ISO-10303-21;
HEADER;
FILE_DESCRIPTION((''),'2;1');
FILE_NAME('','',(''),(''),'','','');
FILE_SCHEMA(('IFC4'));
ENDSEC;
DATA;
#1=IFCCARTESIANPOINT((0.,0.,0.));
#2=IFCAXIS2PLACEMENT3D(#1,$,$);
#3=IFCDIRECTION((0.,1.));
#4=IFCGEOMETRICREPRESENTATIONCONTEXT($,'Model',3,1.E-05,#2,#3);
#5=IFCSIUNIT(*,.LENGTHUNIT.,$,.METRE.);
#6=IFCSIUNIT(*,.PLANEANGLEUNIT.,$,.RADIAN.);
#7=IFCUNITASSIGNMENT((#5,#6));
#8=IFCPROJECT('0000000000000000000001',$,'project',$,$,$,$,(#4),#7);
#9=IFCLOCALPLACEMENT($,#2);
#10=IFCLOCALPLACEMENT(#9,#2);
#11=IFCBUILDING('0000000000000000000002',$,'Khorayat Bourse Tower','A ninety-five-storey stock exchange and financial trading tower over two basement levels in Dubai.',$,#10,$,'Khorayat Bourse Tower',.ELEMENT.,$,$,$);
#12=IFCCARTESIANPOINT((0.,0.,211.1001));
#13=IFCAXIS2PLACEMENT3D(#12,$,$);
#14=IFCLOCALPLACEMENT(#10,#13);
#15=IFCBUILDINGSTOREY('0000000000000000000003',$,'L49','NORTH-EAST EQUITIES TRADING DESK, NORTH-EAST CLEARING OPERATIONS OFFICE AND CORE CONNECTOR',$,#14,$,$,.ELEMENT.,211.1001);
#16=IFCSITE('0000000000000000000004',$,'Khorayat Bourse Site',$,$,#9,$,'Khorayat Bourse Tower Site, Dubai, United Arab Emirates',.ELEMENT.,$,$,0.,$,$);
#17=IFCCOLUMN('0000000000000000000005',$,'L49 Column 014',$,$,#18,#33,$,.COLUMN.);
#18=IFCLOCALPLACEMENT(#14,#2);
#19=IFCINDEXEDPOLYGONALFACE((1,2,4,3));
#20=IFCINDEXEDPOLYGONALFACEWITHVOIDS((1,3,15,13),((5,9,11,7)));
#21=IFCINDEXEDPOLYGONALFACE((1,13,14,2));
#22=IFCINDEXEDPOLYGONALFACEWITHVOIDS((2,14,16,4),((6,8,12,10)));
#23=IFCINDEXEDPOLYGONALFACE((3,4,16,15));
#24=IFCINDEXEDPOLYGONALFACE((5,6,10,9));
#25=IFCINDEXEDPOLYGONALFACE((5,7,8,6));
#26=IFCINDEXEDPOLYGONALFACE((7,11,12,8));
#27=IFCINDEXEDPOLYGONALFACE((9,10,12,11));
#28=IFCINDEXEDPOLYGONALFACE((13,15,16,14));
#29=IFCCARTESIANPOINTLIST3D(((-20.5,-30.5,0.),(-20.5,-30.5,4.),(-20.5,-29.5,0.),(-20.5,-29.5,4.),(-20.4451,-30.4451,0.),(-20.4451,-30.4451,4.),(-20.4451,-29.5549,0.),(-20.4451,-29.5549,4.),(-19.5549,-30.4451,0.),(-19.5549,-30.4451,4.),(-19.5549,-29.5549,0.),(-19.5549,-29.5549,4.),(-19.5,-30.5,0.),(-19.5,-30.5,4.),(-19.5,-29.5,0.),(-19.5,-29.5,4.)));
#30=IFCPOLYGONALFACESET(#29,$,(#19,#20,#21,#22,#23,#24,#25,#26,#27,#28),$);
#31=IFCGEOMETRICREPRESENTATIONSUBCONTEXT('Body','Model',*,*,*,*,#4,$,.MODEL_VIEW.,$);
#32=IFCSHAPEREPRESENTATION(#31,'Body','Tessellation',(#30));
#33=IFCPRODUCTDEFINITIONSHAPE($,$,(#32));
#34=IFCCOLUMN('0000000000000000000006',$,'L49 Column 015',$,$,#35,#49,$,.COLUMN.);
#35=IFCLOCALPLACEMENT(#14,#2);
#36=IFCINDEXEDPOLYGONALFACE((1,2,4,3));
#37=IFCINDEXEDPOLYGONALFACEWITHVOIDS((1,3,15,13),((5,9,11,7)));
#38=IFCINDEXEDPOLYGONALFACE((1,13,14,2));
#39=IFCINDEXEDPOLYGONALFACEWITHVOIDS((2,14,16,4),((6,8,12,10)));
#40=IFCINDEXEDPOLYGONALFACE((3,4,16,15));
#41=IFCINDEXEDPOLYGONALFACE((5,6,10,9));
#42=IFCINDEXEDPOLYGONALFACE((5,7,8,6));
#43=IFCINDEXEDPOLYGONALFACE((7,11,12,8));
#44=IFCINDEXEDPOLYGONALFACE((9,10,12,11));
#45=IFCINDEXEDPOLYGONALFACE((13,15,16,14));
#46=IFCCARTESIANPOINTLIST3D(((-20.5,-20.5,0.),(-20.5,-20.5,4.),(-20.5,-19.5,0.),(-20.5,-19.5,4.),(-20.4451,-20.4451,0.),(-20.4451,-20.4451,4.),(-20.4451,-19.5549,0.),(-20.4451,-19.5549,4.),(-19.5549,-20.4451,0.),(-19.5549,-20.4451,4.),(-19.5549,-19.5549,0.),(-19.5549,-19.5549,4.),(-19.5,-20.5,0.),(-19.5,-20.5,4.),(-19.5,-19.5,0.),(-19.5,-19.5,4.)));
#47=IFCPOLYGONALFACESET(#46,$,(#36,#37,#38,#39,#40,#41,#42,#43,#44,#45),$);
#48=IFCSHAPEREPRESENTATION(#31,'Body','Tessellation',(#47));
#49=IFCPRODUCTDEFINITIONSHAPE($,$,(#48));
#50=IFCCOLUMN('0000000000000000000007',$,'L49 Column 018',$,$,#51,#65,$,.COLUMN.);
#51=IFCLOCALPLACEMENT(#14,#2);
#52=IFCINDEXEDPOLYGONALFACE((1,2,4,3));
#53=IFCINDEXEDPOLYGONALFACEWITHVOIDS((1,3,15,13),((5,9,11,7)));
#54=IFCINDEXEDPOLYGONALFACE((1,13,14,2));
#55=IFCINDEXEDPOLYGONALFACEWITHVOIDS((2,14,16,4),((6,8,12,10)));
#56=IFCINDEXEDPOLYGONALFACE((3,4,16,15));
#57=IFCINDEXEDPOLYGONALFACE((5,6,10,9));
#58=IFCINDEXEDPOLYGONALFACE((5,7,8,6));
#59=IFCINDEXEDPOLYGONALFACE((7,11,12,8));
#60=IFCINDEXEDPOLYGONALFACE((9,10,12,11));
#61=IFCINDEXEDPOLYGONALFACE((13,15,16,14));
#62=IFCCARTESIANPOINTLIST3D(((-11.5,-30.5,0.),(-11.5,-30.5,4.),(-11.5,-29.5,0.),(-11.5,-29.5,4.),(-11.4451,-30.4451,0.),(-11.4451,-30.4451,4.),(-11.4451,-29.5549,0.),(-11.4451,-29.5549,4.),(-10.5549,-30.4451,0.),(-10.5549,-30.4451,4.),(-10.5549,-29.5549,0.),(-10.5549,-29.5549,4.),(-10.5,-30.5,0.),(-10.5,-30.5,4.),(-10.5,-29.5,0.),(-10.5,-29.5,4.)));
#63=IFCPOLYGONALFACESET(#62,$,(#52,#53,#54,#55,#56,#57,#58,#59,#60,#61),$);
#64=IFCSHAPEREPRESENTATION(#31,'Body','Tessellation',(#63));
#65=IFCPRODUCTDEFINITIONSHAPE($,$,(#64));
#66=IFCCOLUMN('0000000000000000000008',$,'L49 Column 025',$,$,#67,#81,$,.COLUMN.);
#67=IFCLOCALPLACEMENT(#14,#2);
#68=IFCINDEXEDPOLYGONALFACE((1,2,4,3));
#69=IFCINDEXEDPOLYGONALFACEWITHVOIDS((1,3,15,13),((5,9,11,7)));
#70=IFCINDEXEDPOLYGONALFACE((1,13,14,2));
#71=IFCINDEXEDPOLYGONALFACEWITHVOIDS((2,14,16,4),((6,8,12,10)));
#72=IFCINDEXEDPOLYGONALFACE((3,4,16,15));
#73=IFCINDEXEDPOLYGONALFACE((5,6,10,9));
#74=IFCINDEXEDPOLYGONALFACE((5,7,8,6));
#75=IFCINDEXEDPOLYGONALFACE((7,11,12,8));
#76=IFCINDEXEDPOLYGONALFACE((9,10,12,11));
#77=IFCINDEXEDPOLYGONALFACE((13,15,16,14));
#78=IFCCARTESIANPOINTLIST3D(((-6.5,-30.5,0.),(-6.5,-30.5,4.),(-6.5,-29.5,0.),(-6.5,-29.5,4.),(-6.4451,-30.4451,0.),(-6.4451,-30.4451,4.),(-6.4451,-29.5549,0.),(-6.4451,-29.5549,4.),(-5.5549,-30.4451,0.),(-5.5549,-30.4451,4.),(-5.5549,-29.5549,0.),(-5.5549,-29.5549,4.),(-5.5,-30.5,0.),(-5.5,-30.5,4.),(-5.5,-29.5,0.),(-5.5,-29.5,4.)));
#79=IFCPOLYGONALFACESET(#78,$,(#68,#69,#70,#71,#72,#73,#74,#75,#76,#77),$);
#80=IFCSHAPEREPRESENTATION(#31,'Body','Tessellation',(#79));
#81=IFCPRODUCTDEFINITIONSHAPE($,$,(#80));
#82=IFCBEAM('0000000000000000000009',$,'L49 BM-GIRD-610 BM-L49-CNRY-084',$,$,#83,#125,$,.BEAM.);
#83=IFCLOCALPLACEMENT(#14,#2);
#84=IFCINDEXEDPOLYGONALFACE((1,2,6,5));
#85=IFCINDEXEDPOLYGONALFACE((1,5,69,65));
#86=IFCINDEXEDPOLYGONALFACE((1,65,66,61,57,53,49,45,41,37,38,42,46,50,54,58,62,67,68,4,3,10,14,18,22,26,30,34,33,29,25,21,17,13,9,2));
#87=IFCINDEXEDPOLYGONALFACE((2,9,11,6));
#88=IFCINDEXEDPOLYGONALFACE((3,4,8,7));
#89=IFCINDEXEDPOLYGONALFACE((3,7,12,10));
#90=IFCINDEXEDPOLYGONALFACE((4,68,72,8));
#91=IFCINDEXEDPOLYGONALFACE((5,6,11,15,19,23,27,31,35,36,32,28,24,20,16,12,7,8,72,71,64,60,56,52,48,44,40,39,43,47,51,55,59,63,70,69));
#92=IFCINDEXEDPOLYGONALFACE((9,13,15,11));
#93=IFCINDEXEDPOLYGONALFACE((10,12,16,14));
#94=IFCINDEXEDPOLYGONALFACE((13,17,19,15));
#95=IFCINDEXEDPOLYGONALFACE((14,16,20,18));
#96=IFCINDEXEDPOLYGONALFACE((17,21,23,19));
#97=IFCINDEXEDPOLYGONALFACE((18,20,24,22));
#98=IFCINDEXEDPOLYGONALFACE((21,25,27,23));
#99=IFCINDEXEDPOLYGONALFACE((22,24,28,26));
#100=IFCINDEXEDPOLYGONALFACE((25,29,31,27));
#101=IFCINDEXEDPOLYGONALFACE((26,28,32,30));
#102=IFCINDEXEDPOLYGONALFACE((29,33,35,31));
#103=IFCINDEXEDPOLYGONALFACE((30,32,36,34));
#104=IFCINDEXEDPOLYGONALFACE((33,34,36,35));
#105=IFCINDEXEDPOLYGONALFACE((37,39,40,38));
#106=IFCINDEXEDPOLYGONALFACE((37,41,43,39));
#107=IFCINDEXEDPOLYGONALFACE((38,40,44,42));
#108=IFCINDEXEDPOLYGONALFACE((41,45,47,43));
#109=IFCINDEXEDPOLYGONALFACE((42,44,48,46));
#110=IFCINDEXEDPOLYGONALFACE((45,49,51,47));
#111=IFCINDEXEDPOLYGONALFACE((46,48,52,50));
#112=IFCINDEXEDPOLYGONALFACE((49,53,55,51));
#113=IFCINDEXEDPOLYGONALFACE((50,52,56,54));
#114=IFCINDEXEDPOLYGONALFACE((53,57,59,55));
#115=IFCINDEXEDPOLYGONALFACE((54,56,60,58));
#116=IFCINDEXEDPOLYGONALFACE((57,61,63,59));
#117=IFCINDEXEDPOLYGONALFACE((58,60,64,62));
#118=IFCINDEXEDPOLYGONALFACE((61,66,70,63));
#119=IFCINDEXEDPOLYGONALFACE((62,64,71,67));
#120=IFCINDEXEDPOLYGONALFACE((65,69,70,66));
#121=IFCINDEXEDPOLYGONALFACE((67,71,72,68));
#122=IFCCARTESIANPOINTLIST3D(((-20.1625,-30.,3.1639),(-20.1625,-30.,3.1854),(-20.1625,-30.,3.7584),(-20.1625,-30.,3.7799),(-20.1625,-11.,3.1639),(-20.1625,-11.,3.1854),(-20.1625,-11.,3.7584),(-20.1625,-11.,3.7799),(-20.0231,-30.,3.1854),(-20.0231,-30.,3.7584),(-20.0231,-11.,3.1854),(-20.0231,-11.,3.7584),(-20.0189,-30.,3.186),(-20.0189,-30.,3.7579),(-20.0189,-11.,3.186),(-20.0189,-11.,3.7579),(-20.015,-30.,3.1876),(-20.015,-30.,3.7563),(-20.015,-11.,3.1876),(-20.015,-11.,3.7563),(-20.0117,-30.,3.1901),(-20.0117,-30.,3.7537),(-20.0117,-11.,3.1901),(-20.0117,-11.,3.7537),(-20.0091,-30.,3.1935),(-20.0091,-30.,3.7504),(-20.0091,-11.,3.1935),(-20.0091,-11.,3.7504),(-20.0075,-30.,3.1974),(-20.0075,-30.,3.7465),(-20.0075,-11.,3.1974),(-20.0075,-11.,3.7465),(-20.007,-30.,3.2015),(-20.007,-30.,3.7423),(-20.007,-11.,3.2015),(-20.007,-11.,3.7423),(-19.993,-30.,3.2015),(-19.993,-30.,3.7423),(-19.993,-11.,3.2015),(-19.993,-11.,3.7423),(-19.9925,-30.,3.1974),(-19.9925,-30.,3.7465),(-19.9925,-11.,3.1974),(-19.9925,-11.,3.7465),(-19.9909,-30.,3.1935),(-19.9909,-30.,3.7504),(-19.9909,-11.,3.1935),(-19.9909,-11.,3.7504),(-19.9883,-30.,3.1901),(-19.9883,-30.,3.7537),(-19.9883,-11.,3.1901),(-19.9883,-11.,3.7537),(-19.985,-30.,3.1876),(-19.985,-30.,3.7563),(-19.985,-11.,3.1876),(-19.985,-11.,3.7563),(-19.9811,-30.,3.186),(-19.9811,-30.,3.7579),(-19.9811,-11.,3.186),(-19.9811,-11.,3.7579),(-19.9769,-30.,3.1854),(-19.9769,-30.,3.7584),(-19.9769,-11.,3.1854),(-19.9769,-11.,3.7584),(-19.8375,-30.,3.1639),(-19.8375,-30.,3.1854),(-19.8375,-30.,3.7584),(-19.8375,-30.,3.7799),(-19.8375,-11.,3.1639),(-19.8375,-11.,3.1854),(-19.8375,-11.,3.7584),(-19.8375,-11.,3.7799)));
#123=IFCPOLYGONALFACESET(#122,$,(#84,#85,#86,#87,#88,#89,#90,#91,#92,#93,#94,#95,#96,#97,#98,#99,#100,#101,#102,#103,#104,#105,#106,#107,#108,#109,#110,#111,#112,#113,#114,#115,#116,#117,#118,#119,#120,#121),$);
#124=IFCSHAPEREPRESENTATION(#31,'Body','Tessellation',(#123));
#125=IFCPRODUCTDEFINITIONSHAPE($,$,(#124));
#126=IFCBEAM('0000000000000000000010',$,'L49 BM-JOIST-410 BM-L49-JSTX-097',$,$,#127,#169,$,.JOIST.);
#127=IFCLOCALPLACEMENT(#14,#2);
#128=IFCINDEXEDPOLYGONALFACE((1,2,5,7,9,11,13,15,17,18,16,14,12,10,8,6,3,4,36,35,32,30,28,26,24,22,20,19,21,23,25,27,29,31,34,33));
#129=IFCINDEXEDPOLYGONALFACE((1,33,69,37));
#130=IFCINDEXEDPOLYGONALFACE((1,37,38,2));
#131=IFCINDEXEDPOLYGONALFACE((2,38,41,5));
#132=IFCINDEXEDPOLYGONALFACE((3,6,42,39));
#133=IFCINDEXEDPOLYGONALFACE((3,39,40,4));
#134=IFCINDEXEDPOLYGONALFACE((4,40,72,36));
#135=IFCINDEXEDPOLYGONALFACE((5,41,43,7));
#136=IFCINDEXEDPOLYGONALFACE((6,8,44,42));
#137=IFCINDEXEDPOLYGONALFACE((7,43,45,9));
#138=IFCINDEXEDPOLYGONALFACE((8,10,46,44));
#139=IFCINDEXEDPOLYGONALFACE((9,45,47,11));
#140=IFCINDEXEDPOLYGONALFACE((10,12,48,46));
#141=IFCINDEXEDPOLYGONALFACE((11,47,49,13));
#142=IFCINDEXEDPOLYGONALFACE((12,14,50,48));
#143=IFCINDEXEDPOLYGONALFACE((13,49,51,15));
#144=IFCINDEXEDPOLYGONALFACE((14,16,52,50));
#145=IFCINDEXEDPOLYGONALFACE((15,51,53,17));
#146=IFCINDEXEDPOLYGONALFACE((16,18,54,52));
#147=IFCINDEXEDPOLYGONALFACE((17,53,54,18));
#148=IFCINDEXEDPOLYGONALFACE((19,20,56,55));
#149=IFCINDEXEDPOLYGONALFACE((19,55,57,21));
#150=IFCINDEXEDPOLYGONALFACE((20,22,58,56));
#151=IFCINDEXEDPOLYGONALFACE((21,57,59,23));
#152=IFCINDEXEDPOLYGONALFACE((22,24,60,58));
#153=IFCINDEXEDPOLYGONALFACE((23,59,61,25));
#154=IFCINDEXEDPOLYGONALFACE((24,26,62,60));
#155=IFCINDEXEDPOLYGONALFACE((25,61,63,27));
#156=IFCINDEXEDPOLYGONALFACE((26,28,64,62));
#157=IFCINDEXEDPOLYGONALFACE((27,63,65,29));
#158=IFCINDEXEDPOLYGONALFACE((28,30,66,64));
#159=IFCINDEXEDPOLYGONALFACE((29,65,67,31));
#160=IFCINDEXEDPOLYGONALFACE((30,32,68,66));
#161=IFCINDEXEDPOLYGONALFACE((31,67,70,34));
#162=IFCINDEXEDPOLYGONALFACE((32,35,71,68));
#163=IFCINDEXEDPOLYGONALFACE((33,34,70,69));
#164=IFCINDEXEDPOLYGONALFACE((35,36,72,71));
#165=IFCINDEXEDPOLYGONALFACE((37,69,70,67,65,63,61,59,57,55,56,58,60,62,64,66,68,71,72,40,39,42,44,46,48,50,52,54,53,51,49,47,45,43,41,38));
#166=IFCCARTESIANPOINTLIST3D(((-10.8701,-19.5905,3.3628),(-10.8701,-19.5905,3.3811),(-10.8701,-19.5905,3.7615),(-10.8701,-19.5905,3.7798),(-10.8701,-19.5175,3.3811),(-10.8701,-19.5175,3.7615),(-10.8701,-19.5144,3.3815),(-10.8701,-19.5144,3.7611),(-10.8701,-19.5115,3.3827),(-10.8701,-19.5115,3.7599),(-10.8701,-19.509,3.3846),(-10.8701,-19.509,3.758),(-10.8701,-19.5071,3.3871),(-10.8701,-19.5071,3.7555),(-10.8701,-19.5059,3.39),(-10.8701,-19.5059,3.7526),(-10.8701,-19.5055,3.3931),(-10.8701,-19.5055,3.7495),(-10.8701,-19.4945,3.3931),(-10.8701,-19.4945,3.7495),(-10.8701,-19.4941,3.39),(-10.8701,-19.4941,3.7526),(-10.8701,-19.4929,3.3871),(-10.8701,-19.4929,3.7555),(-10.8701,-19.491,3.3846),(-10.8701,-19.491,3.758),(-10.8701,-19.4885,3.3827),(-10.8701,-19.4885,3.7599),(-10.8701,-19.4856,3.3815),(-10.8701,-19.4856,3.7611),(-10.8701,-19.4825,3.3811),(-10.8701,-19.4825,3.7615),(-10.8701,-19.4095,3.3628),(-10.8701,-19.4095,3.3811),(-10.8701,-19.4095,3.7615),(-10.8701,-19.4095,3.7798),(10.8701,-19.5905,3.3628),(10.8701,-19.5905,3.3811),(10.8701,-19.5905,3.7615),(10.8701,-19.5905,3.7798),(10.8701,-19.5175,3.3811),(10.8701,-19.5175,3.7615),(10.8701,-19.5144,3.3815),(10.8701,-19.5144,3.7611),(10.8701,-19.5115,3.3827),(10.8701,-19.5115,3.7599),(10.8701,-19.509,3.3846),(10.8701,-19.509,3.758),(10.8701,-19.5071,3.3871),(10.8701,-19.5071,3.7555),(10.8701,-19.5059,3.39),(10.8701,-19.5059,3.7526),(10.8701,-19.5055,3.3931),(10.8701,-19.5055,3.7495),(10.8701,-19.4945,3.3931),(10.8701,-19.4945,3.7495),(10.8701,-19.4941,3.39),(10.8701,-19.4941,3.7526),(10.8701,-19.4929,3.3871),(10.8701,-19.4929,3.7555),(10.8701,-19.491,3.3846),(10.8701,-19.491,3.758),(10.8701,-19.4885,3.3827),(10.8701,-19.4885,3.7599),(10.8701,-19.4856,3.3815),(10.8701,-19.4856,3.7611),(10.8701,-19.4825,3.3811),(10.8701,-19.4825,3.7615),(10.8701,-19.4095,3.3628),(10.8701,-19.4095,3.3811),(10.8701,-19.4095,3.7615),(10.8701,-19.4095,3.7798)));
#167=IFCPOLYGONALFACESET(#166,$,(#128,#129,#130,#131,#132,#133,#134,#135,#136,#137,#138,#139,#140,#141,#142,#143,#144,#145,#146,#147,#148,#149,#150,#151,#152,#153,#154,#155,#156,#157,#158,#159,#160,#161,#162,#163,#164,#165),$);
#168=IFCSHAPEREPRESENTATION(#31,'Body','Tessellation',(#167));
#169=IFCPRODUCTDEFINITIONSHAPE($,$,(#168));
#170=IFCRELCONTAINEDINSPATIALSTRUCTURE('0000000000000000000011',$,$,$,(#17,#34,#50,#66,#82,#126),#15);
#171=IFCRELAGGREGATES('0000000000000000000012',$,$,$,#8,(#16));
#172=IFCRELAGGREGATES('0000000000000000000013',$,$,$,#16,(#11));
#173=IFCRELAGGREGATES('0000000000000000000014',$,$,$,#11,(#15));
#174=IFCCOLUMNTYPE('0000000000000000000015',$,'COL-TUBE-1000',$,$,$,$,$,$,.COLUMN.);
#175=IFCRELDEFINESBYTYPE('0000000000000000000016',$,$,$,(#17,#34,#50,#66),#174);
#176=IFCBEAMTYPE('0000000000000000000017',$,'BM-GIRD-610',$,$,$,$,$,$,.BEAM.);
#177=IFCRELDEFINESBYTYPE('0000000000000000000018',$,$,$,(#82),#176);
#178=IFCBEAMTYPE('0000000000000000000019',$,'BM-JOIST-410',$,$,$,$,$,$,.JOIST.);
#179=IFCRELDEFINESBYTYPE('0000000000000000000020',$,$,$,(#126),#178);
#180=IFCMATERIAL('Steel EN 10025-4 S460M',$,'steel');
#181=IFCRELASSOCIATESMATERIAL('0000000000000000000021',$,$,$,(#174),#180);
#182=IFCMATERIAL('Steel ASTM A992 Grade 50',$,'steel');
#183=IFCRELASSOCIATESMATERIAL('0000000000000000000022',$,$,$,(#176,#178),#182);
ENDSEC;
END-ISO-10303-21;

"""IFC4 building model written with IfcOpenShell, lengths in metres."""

from ifc_helpers import new_model, si_unit, direction, frame, origin, origin_2d, place, context, subcontext, project, spatial, hollow_rectangle, i_section, extrude, source, transform, mapped, material, material_profile, profile_set, type_object, element, save


model = new_model("IFC4")

# Units and contexts
model_context = context("Model", 3, precision=1e-05, world=origin(), true_north=direction((0.0, 1.0)))
body_context = subcontext(model_context, "Body", "Model", "MODEL_VIEW")
ifc_project = project(units=[si_unit("LENGTHUNIT", "METRE"), si_unit("PLANEANGLEUNIT", "RADIAN")], contexts=[model_context])

# Site, building, storey
site_placement = place(None, origin())
site = spatial("IfcSite", under=ifc_project, at=site_placement, Name="Khorayat Bourse Site", LongName="Khorayat Bourse Tower Site, Dubai, United Arab Emirates", CompositionType="ELEMENT", RefElevation=0.0)
building_placement = place(site_placement, origin())
building = spatial("IfcBuilding", under=site, at=building_placement, Name="Khorayat Bourse Tower", Description="A ninety-five-storey stock exchange and financial trading tower over two basement levels in Dubai.", LongName="Khorayat Bourse Tower", CompositionType="ELEMENT")
storey_placement = place(building_placement, frame((0.0, 0.0, 211.1001)))
storey = spatial("IfcBuildingStorey", under=building, at=storey_placement, Name="L49", Description="NORTH-EAST EQUITIES TRADING DESK, NORTH-EAST CLEARING OPERATIONS OFFICE AND CORE CONNECTOR", CompositionType="ELEMENT", Elevation=211.1001)

# Columns
ifc_material_1 = material(Name="Steel EN 10025-4 S460M", Category="steel")
ifc_material_profile_1 = material_profile(ifc_material_1, hollow_rectangle(XDim=1.0, YDim=1.0, WallThickness=0.0549, at=origin_2d()), Name="BOX 1000x1000x55")
ifc_profile_set_1 = profile_set([ifc_material_profile_1], Name="Steel EN 10025-4 S460M")
column_type = type_object("IfcColumnType", Name="COL-TUBE-1000", PredefinedType="COLUMN", material=ifc_profile_set_1)
shared_shape_1 = source(origin(), body_context, "Body", "SweptSolid", [
    extrude(hollow_rectangle(XDim=1.0, YDim=1.0, WallThickness=0.0549, at=origin_2d()), origin(), (0.0, 0.0, 1.0), 4.0),
])
for number, where, z_axis, x_axis, name in (
    (1, (-20.0, -30.0, 0.0), (0.0, 0.0, 1.0), (1.0, 0.0, 0.0), "L49 Column 014"),
    (2, (-20.0, -20.0, 0.0), (0.0, 0.0, 1.0), (1.0, 0.0, 0.0), "L49 Column 015"),
    (3, (-11.0, -30.0, 0.0), (0.0, 0.0, 1.0), (1.0, 0.0, 0.0), "L49 Column 018"),
    (4, (-6.0, -30.0, 0.0), (0.0, 0.0, 1.0), (1.0, 0.0, 0.0), "L49 Column 025"),
):
    element("IfcColumn", number, at=place(storey_placement, frame(where, z_axis=z_axis, x_axis=x_axis)), inside=storey, type_object=column_type, Name=name, PredefinedType="COLUMN", context=body_context, shape_type="MappedRepresentation", body=[
        mapped(shared_shape_1, transform((0.0, 0.0, 0.0), scale=1.0)),
    ])

# Beams
ifc_material_2 = material(Name="Steel ASTM A992 Grade 50", Category="steel")
ifc_material_profile_2 = material_profile(ifc_material_2, i_section(OverallWidth=0.325, OverallDepth=0.616, WebThickness=0.0139, FlangeThickness=0.0215, FilletRadius=0.0161, at=origin_2d()), Name="W610X174")
ifc_profile_set_2 = profile_set([ifc_material_profile_2], Name="Steel ASTM A992 Grade 50")
beam_type_1 = type_object("IfcBeamType", Name="BM-GIRD-610", PredefinedType="BEAM", material=ifc_profile_set_2)
shared_shape_2 = source(origin(), body_context, "Body", "SweptSolid", [
    extrude(i_section(OverallWidth=0.325, OverallDepth=0.616, WebThickness=0.0139, FlangeThickness=0.0215, FilletRadius=0.0161, at=origin_2d()), origin(), (0.0, 0.0, 1.0), 19.0),
])
beam_1_placement = place(storey_placement, frame((-20.0, -30.0, 3.4719), z_axis=(0.0, 1.0, 0.0), x_axis=(-1.0, 0.0, 0.0)))
element("IfcBeam", 5, at=beam_1_placement, inside=storey, type_object=beam_type_1, Name="L49 BM-GIRD-610 BM-L49-CNRY-084", PredefinedType="BEAM", context=body_context, shape_type="MappedRepresentation", body=[
    mapped(shared_shape_2, transform((0.0, 0.0, 0.0), scale=1.0)),
])
ifc_material_profile_3 = material_profile(ifc_material_2, i_section(OverallWidth=0.1809, OverallDepth=0.417, WebThickness=0.011, FlangeThickness=0.0183, FilletRadius=0.012, at=origin_2d()), Name="W410X85")
ifc_profile_set_3 = profile_set([ifc_material_profile_3], Name="Steel ASTM A992 Grade 50")
beam_type_2 = type_object("IfcBeamType", Name="BM-JOIST-410", PredefinedType="JOIST", material=ifc_profile_set_3)
shared_shape_3 = source(origin(), body_context, "Body", "SweptSolid", [
    extrude(i_section(OverallWidth=0.1809, OverallDepth=0.417, WebThickness=0.011, FlangeThickness=0.0183, FilletRadius=0.012, at=origin_2d()), origin(), (0.0, 0.0, 1.0), 21.7402),
])
beam_2_placement = place(storey_placement, frame((-10.8701, -19.5, 3.5713), z_axis=(1.0, 0.0, 0.0), x_axis=(0.0, 1.0, 0.0)))
element("IfcBeam", 6, at=beam_2_placement, inside=storey, type_object=beam_type_2, Name="L49 BM-JOIST-410 BM-L49-JSTX-097", PredefinedType="JOIST", context=body_context, shape_type="MappedRepresentation", body=[
    mapped(shared_shape_3, transform((0.0, 0.0, 0.0), scale=1.0)),
])

save(model, "model.ifc")
